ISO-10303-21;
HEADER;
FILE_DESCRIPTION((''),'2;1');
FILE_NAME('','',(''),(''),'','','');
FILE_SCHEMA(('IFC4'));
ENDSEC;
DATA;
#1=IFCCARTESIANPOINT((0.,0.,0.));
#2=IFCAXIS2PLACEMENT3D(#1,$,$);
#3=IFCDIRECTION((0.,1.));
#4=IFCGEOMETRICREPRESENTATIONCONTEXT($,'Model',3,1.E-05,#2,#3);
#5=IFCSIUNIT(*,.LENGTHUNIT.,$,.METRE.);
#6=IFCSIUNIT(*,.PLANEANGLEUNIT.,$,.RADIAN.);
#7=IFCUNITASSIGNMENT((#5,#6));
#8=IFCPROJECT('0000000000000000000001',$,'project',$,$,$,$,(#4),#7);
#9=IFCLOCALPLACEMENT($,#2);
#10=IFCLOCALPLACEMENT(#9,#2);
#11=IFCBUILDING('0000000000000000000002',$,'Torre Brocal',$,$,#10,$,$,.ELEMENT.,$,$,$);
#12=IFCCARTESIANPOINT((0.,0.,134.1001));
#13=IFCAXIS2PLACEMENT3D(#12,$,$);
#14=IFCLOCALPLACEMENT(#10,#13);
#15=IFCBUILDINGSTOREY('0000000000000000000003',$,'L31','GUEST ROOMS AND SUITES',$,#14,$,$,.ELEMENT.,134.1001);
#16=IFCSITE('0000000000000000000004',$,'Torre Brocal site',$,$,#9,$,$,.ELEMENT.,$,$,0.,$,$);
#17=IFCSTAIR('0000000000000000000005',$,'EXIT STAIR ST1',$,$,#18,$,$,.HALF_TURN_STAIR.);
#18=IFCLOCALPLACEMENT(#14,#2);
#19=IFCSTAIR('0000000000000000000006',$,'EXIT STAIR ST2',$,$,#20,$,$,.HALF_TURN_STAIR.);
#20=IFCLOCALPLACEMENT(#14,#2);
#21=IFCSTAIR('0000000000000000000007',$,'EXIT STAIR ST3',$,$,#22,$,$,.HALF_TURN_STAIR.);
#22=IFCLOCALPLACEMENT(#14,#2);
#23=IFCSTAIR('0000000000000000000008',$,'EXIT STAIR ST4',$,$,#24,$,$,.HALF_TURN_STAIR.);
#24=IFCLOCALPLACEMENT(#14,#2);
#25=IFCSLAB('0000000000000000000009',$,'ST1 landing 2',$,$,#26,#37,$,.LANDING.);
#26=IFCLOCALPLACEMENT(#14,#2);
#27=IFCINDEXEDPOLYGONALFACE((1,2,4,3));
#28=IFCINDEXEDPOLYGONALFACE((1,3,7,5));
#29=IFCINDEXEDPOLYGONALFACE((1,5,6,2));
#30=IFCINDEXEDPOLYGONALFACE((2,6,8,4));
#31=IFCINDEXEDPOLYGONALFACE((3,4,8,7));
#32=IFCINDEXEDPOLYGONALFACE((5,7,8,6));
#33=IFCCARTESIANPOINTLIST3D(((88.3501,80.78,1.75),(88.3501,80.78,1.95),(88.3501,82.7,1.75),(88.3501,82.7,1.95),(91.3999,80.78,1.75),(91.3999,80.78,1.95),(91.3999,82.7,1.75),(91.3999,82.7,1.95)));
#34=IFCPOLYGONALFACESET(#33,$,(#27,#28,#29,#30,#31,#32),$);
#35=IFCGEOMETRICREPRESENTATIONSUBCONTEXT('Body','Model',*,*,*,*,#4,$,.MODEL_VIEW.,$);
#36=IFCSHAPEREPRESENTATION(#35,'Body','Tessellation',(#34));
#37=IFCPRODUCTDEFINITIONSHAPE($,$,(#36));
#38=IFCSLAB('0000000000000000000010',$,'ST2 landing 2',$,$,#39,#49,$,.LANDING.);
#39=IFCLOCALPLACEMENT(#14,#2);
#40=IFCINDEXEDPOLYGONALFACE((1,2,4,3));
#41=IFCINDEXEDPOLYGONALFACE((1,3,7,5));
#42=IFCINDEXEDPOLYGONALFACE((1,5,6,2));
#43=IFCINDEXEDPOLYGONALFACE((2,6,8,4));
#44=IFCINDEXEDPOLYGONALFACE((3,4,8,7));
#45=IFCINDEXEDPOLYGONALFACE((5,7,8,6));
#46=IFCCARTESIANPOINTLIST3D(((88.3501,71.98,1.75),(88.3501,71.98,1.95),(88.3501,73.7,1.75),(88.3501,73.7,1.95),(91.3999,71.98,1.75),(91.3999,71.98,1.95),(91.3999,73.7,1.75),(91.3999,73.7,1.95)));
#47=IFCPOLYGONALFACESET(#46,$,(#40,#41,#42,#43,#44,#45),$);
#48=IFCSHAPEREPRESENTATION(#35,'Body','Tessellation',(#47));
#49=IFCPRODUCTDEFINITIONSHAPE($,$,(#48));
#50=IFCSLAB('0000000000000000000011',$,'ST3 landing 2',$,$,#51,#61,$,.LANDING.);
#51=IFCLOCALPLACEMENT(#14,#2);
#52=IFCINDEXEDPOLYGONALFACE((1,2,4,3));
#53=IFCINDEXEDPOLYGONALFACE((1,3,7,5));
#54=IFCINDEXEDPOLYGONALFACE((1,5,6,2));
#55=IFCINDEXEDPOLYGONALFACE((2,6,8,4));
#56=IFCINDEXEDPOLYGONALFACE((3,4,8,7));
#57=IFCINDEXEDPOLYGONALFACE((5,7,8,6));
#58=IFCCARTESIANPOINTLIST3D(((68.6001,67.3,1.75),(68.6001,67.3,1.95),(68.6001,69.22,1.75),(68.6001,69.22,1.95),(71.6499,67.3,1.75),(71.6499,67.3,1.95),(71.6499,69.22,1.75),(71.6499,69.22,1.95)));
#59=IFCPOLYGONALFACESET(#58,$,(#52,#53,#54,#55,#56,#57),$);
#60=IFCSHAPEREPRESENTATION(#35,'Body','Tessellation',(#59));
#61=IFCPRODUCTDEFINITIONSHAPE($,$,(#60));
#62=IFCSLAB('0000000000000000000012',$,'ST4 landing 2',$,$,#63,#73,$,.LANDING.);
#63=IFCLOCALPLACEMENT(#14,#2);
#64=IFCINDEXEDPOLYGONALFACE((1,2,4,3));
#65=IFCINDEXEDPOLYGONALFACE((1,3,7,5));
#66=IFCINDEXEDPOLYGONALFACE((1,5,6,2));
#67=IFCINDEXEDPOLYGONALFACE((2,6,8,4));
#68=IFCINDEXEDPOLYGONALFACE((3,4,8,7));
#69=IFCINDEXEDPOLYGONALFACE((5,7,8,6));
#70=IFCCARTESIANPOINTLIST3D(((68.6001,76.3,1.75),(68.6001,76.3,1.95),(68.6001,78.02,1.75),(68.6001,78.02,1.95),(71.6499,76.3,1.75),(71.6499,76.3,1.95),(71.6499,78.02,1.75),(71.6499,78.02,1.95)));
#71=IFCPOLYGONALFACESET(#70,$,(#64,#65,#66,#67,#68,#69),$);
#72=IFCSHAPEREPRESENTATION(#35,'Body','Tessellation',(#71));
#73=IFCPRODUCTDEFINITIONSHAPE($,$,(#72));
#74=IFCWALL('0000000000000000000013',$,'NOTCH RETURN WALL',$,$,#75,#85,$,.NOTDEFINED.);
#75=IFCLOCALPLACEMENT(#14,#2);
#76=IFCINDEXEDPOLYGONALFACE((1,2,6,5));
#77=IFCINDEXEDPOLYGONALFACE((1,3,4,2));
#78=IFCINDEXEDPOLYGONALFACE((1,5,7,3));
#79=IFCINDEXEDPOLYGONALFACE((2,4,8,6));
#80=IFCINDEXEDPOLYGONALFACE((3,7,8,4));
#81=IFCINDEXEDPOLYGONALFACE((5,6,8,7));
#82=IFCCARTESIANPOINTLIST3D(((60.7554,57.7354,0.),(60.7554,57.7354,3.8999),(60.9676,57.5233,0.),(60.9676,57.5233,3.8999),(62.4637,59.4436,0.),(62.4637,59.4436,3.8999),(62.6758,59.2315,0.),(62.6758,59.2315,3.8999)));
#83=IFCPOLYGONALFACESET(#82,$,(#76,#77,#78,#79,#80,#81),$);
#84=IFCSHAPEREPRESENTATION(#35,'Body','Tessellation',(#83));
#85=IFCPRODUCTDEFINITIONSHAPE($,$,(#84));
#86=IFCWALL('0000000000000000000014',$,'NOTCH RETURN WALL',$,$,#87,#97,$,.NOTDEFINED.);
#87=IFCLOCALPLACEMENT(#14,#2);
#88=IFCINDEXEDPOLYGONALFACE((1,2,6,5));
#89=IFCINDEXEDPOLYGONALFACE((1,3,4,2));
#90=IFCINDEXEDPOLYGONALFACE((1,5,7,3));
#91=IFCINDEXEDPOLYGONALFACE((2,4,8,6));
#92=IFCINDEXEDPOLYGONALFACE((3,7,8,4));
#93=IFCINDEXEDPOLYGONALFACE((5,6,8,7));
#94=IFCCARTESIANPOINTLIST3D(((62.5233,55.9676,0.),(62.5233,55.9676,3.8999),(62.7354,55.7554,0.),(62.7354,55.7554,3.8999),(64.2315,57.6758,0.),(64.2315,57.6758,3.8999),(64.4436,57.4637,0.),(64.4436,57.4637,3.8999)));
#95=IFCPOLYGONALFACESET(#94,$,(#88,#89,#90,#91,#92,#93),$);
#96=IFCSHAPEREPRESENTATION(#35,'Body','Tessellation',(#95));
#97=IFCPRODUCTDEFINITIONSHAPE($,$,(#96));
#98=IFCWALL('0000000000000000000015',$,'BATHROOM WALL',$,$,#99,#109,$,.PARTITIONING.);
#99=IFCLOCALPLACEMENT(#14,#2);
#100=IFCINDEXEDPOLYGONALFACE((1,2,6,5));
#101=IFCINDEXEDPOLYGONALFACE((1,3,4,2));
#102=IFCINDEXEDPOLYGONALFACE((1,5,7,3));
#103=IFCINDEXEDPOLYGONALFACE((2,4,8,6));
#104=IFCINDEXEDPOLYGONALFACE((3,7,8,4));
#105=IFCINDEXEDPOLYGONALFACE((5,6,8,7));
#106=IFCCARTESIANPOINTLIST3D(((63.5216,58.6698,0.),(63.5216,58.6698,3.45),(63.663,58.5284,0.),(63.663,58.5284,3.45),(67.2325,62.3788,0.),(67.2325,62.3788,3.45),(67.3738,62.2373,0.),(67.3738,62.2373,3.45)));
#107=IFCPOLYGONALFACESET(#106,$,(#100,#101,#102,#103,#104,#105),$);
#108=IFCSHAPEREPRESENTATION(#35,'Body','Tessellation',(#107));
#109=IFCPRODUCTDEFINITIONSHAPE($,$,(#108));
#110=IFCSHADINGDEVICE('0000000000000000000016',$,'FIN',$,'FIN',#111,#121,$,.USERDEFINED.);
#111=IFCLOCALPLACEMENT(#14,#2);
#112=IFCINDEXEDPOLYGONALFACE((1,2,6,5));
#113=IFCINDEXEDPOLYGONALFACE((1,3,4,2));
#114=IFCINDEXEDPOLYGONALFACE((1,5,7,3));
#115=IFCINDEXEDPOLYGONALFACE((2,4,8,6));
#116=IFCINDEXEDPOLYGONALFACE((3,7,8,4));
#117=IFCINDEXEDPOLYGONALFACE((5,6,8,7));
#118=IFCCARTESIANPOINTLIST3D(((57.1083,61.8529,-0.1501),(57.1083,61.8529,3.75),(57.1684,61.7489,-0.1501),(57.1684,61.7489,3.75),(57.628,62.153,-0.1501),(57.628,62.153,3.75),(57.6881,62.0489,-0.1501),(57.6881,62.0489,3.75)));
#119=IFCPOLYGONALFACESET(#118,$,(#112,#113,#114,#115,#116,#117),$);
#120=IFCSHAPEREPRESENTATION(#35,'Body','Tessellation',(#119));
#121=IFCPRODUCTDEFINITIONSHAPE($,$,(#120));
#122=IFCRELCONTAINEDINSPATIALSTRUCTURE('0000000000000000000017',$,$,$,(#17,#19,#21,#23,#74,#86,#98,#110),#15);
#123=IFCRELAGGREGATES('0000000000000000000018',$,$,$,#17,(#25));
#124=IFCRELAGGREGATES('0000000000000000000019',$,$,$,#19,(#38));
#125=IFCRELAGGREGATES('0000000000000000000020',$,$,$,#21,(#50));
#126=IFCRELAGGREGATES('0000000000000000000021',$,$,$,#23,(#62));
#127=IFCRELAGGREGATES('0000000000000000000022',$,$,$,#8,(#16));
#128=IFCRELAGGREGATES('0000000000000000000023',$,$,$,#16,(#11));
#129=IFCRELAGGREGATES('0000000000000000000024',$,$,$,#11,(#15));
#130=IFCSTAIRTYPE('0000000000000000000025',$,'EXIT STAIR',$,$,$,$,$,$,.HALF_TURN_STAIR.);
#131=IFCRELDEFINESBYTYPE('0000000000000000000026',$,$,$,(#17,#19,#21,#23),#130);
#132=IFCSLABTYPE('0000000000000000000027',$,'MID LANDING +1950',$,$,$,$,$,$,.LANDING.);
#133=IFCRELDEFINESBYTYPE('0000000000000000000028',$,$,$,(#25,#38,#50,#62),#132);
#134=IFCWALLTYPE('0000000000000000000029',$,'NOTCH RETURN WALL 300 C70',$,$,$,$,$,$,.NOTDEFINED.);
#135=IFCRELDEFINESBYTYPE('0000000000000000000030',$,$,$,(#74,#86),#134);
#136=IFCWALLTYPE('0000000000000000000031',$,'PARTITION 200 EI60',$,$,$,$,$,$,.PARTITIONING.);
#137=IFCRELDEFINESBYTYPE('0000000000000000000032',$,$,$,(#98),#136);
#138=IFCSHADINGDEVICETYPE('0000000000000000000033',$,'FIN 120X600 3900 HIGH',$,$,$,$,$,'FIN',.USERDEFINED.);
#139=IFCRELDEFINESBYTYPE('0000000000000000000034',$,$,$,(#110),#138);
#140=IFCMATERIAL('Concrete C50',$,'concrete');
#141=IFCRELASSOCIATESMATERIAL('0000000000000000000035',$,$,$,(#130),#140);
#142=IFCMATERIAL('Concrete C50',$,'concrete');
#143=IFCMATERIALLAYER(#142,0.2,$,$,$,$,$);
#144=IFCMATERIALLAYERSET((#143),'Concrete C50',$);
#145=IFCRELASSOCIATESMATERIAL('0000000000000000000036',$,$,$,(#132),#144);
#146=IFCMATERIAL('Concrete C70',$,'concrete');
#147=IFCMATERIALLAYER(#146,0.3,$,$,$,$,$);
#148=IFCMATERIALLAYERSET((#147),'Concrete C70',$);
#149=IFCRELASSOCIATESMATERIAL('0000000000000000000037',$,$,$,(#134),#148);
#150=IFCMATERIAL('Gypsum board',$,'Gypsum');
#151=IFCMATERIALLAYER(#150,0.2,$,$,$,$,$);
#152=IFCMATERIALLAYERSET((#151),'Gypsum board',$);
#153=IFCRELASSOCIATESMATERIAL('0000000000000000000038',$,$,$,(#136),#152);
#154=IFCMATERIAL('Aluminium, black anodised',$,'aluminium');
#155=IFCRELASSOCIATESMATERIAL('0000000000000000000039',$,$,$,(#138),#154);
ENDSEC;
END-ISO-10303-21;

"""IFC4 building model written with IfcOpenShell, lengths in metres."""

from ifc_helpers import new_model, si_unit, direction, frame, frame_2d, origin, origin_2d, place, context, subcontext, project, spatial, polyline, rectangle, outline, extrude, material, layer, layer_set, material_profile, profile_set, type_object, element, aggregate, save


model = new_model("IFC4")

# Units and contexts
model_context = context("Model", 3, precision=1e-05, world=origin(), true_north=direction((0.0, 1.0)))
body_context = subcontext(model_context, "Body", "Model", "MODEL_VIEW")
ifc_project = project(units=[si_unit("LENGTHUNIT", "METRE"), si_unit("PLANEANGLEUNIT", "RADIAN")], contexts=[model_context])

# Site, building, storey
site_placement = place(None, origin())
site = spatial("IfcSite", under=ifc_project, at=site_placement, Name="Torre Brocal site", CompositionType="ELEMENT", RefElevation=0.0)
building_placement = place(site_placement, origin())
building = spatial("IfcBuilding", under=site, at=building_placement, Name="Torre Brocal", CompositionType="ELEMENT")
storey_placement = place(building_placement, frame((0.0, 0.0, 134.1001)))
storey = spatial("IfcBuildingStorey", under=building, at=storey_placement, Name="L31", Description="GUEST ROOMS AND SUITES", CompositionType="ELEMENT", Elevation=134.1001)

# Stairs
ifc_material_1 = material(Name="Concrete C50", Category="concrete")
stair_type = type_object("IfcStairType", Name="EXIT STAIR", PredefinedType="HALF_TURN_STAIR", material=ifc_material_1)
stair_1_placement = place(storey_placement, origin())
stair_1 = element("IfcStair", 1, at=stair_1_placement, inside=storey, type_object=stair_type, Name="EXIT STAIR ST1", PredefinedType="HALF_TURN_STAIR")
stair_2_placement = place(storey_placement, origin())
stair_2 = element("IfcStair", 2, at=stair_2_placement, inside=storey, type_object=stair_type, Name="EXIT STAIR ST2", PredefinedType="HALF_TURN_STAIR")
stair_3_placement = place(storey_placement, origin())
stair_3 = element("IfcStair", 3, at=stair_3_placement, inside=storey, type_object=stair_type, Name="EXIT STAIR ST3", PredefinedType="HALF_TURN_STAIR")
stair_4_placement = place(storey_placement, origin())
stair_4 = element("IfcStair", 4, at=stair_4_placement, inside=storey, type_object=stair_type, Name="EXIT STAIR ST4", PredefinedType="HALF_TURN_STAIR")

# Slabs
ifc_material_2 = material(Name="Concrete C50", Category="concrete")
ifc_layer_1 = layer(ifc_material_2, 0.2)
ifc_layer_set_1 = layer_set([ifc_layer_1], Name="Concrete C50")
slab_type_1 = type_object("IfcSlabType", Name="MID LANDING +1950", PredefinedType="LANDING", material=ifc_layer_set_1)
slab_1_placement = place(storey_placement, frame((0.0, 0.0, 1.75)))
slab_1 = element("IfcSlab", 5, at=slab_1_placement, type_object=slab_type_1, Name="ST1 landing 2", PredefinedType="LANDING", context=body_context, shape_type="SweptSolid", body=[
    extrude(outline(polyline([(88.3501, 80.78), (91.3999, 80.78), (91.3999, 82.7), (88.3501, 82.7), (88.3501, 80.78)])), origin(), (0.0, 0.0, 1.0), 0.2),
])
aggregate(stair_1, [slab_1])
slab_2_placement = place(storey_placement, frame((0.0, 0.0, 1.75)))
slab_2 = element("IfcSlab", 6, at=slab_2_placement, type_object=slab_type_1, Name="ST2 landing 2", PredefinedType="LANDING", context=body_context, shape_type="SweptSolid", body=[
    extrude(outline(polyline([(88.3501, 71.98), (91.3999, 71.98), (91.3999, 73.7), (88.3501, 73.7), (88.3501, 71.98)])), origin(), (0.0, 0.0, 1.0), 0.2),
])
aggregate(stair_2, [slab_2])
slab_3_placement = place(storey_placement, frame((0.0, 0.0, 1.75)))
slab_3 = element("IfcSlab", 7, at=slab_3_placement, type_object=slab_type_1, Name="ST3 landing 2", PredefinedType="LANDING", context=body_context, shape_type="SweptSolid", body=[
    extrude(outline(polyline([(71.6499, 69.22), (68.6001, 69.22), (68.6001, 67.3), (71.6499, 67.3), (71.6499, 69.22)])), origin(), (0.0, 0.0, 1.0), 0.2),
])
aggregate(stair_3, [slab_3])
slab_4_placement = place(storey_placement, frame((0.0, 0.0, 1.75)))
slab_4 = element("IfcSlab", 8, at=slab_4_placement, type_object=slab_type_1, Name="ST4 landing 2", PredefinedType="LANDING", context=body_context, shape_type="SweptSolid", body=[
    extrude(outline(polyline([(71.6499, 78.02), (68.6001, 78.02), (68.6001, 76.3), (71.6499, 76.3), (71.6499, 78.02)])), origin(), (0.0, 0.0, 1.0), 0.2),
])
aggregate(stair_4, [slab_4])

# Walls
ifc_material_3 = material(Name="Concrete C70", Category="concrete")
ifc_layer_2 = layer(ifc_material_3, 0.3)
ifc_layer_set_2 = layer_set([ifc_layer_2], Name="Concrete C70")
wall_type_1 = type_object("IfcWallType", Name="NOTCH RETURN WALL 300 C70", PredefinedType="NOTDEFINED", material=ifc_layer_set_2)
for number, where, z_axis, x_axis, name in (
    (9, (62.5698, 59.3376, 0.0), (0.0, 0.0, 1.0), (-0.707107, -0.707107, 0.0), "NOTCH RETURN WALL"),
    (10, (64.3376, 57.5698, 0.0), (0.0, 0.0, 1.0), (-0.707107, -0.707107, 0.0), "NOTCH RETURN WALL"),
):
    element("IfcWall", number, at=place(storey_placement, frame(where, z_axis=z_axis, x_axis=x_axis)), inside=storey, type_object=wall_type_1, Name=name, PredefinedType="NOTDEFINED", context=body_context, shape_type="SweptSolid", body=[
        extrude(rectangle(XDim=2.4158, YDim=0.3, at=frame_2d((1.208, 0.0))), origin(), (0.0, 0.0, 1.0), 3.8999),
    ])
ifc_material_4 = material(Name="Gypsum board", Category="Gypsum")
ifc_layer_3 = layer(ifc_material_4, 0.2)
ifc_layer_set_3 = layer_set([ifc_layer_3], Name="Gypsum board")
wall_type_2 = type_object("IfcWallType", Name="PARTITION 200 EI60", PredefinedType="PARTITIONING", material=ifc_layer_set_3)
wall_placement = place(storey_placement, frame((63.5923, 58.5991, 0.0), z_axis=(0.0, 0.0, 1.0), x_axis=(0.707293, 0.706921, 0.0)))
element("IfcWall", 11, at=wall_placement, inside=storey, type_object=wall_type_2, Name="BATHROOM WALL", PredefinedType="PARTITIONING", context=body_context, shape_type="SweptSolid", body=[
    extrude(rectangle(XDim=5.2466, YDim=0.2, at=frame_2d((2.6233, 0.0))), origin(), (0.0, 0.0, 1.0), 3.45),
])

# Shading device
ifc_material_5 = material(Name="Aluminium, black anodised", Category="aluminium")
ifc_material_profile_1 = material_profile(ifc_material_5, rectangle(XDim=0.1201, YDim=0.6001, at=origin_2d()), Name="FIN 120X600 3900 HIGH")
ifc_profile_set_1 = profile_set([ifc_material_profile_1], Name="Aluminium, black anodised")
shading_device_type = type_object("IfcShadingDeviceType", Name="FIN 120X600 3900 HIGH", ElementType="FIN", PredefinedType="USERDEFINED", material=ifc_profile_set_1)
shading_device_placement = place(storey_placement, frame((57.3982, 61.9509, -0.1501), z_axis=(0.0, 0.0, 1.0), x_axis=(0.5, -0.866025, 0.0)))
element("IfcShadingDevice", 12, at=shading_device_placement, inside=storey, type_object=shading_device_type, Name="FIN", ObjectType="FIN", PredefinedType="USERDEFINED", context=body_context, shape_type="SweptSolid", body=[
    extrude(rectangle(XDim=0.1201, YDim=0.6001, at=origin_2d()), origin(), (0.0, 0.0, 1.0), 3.9001),
])

save(model, "model.ifc")
